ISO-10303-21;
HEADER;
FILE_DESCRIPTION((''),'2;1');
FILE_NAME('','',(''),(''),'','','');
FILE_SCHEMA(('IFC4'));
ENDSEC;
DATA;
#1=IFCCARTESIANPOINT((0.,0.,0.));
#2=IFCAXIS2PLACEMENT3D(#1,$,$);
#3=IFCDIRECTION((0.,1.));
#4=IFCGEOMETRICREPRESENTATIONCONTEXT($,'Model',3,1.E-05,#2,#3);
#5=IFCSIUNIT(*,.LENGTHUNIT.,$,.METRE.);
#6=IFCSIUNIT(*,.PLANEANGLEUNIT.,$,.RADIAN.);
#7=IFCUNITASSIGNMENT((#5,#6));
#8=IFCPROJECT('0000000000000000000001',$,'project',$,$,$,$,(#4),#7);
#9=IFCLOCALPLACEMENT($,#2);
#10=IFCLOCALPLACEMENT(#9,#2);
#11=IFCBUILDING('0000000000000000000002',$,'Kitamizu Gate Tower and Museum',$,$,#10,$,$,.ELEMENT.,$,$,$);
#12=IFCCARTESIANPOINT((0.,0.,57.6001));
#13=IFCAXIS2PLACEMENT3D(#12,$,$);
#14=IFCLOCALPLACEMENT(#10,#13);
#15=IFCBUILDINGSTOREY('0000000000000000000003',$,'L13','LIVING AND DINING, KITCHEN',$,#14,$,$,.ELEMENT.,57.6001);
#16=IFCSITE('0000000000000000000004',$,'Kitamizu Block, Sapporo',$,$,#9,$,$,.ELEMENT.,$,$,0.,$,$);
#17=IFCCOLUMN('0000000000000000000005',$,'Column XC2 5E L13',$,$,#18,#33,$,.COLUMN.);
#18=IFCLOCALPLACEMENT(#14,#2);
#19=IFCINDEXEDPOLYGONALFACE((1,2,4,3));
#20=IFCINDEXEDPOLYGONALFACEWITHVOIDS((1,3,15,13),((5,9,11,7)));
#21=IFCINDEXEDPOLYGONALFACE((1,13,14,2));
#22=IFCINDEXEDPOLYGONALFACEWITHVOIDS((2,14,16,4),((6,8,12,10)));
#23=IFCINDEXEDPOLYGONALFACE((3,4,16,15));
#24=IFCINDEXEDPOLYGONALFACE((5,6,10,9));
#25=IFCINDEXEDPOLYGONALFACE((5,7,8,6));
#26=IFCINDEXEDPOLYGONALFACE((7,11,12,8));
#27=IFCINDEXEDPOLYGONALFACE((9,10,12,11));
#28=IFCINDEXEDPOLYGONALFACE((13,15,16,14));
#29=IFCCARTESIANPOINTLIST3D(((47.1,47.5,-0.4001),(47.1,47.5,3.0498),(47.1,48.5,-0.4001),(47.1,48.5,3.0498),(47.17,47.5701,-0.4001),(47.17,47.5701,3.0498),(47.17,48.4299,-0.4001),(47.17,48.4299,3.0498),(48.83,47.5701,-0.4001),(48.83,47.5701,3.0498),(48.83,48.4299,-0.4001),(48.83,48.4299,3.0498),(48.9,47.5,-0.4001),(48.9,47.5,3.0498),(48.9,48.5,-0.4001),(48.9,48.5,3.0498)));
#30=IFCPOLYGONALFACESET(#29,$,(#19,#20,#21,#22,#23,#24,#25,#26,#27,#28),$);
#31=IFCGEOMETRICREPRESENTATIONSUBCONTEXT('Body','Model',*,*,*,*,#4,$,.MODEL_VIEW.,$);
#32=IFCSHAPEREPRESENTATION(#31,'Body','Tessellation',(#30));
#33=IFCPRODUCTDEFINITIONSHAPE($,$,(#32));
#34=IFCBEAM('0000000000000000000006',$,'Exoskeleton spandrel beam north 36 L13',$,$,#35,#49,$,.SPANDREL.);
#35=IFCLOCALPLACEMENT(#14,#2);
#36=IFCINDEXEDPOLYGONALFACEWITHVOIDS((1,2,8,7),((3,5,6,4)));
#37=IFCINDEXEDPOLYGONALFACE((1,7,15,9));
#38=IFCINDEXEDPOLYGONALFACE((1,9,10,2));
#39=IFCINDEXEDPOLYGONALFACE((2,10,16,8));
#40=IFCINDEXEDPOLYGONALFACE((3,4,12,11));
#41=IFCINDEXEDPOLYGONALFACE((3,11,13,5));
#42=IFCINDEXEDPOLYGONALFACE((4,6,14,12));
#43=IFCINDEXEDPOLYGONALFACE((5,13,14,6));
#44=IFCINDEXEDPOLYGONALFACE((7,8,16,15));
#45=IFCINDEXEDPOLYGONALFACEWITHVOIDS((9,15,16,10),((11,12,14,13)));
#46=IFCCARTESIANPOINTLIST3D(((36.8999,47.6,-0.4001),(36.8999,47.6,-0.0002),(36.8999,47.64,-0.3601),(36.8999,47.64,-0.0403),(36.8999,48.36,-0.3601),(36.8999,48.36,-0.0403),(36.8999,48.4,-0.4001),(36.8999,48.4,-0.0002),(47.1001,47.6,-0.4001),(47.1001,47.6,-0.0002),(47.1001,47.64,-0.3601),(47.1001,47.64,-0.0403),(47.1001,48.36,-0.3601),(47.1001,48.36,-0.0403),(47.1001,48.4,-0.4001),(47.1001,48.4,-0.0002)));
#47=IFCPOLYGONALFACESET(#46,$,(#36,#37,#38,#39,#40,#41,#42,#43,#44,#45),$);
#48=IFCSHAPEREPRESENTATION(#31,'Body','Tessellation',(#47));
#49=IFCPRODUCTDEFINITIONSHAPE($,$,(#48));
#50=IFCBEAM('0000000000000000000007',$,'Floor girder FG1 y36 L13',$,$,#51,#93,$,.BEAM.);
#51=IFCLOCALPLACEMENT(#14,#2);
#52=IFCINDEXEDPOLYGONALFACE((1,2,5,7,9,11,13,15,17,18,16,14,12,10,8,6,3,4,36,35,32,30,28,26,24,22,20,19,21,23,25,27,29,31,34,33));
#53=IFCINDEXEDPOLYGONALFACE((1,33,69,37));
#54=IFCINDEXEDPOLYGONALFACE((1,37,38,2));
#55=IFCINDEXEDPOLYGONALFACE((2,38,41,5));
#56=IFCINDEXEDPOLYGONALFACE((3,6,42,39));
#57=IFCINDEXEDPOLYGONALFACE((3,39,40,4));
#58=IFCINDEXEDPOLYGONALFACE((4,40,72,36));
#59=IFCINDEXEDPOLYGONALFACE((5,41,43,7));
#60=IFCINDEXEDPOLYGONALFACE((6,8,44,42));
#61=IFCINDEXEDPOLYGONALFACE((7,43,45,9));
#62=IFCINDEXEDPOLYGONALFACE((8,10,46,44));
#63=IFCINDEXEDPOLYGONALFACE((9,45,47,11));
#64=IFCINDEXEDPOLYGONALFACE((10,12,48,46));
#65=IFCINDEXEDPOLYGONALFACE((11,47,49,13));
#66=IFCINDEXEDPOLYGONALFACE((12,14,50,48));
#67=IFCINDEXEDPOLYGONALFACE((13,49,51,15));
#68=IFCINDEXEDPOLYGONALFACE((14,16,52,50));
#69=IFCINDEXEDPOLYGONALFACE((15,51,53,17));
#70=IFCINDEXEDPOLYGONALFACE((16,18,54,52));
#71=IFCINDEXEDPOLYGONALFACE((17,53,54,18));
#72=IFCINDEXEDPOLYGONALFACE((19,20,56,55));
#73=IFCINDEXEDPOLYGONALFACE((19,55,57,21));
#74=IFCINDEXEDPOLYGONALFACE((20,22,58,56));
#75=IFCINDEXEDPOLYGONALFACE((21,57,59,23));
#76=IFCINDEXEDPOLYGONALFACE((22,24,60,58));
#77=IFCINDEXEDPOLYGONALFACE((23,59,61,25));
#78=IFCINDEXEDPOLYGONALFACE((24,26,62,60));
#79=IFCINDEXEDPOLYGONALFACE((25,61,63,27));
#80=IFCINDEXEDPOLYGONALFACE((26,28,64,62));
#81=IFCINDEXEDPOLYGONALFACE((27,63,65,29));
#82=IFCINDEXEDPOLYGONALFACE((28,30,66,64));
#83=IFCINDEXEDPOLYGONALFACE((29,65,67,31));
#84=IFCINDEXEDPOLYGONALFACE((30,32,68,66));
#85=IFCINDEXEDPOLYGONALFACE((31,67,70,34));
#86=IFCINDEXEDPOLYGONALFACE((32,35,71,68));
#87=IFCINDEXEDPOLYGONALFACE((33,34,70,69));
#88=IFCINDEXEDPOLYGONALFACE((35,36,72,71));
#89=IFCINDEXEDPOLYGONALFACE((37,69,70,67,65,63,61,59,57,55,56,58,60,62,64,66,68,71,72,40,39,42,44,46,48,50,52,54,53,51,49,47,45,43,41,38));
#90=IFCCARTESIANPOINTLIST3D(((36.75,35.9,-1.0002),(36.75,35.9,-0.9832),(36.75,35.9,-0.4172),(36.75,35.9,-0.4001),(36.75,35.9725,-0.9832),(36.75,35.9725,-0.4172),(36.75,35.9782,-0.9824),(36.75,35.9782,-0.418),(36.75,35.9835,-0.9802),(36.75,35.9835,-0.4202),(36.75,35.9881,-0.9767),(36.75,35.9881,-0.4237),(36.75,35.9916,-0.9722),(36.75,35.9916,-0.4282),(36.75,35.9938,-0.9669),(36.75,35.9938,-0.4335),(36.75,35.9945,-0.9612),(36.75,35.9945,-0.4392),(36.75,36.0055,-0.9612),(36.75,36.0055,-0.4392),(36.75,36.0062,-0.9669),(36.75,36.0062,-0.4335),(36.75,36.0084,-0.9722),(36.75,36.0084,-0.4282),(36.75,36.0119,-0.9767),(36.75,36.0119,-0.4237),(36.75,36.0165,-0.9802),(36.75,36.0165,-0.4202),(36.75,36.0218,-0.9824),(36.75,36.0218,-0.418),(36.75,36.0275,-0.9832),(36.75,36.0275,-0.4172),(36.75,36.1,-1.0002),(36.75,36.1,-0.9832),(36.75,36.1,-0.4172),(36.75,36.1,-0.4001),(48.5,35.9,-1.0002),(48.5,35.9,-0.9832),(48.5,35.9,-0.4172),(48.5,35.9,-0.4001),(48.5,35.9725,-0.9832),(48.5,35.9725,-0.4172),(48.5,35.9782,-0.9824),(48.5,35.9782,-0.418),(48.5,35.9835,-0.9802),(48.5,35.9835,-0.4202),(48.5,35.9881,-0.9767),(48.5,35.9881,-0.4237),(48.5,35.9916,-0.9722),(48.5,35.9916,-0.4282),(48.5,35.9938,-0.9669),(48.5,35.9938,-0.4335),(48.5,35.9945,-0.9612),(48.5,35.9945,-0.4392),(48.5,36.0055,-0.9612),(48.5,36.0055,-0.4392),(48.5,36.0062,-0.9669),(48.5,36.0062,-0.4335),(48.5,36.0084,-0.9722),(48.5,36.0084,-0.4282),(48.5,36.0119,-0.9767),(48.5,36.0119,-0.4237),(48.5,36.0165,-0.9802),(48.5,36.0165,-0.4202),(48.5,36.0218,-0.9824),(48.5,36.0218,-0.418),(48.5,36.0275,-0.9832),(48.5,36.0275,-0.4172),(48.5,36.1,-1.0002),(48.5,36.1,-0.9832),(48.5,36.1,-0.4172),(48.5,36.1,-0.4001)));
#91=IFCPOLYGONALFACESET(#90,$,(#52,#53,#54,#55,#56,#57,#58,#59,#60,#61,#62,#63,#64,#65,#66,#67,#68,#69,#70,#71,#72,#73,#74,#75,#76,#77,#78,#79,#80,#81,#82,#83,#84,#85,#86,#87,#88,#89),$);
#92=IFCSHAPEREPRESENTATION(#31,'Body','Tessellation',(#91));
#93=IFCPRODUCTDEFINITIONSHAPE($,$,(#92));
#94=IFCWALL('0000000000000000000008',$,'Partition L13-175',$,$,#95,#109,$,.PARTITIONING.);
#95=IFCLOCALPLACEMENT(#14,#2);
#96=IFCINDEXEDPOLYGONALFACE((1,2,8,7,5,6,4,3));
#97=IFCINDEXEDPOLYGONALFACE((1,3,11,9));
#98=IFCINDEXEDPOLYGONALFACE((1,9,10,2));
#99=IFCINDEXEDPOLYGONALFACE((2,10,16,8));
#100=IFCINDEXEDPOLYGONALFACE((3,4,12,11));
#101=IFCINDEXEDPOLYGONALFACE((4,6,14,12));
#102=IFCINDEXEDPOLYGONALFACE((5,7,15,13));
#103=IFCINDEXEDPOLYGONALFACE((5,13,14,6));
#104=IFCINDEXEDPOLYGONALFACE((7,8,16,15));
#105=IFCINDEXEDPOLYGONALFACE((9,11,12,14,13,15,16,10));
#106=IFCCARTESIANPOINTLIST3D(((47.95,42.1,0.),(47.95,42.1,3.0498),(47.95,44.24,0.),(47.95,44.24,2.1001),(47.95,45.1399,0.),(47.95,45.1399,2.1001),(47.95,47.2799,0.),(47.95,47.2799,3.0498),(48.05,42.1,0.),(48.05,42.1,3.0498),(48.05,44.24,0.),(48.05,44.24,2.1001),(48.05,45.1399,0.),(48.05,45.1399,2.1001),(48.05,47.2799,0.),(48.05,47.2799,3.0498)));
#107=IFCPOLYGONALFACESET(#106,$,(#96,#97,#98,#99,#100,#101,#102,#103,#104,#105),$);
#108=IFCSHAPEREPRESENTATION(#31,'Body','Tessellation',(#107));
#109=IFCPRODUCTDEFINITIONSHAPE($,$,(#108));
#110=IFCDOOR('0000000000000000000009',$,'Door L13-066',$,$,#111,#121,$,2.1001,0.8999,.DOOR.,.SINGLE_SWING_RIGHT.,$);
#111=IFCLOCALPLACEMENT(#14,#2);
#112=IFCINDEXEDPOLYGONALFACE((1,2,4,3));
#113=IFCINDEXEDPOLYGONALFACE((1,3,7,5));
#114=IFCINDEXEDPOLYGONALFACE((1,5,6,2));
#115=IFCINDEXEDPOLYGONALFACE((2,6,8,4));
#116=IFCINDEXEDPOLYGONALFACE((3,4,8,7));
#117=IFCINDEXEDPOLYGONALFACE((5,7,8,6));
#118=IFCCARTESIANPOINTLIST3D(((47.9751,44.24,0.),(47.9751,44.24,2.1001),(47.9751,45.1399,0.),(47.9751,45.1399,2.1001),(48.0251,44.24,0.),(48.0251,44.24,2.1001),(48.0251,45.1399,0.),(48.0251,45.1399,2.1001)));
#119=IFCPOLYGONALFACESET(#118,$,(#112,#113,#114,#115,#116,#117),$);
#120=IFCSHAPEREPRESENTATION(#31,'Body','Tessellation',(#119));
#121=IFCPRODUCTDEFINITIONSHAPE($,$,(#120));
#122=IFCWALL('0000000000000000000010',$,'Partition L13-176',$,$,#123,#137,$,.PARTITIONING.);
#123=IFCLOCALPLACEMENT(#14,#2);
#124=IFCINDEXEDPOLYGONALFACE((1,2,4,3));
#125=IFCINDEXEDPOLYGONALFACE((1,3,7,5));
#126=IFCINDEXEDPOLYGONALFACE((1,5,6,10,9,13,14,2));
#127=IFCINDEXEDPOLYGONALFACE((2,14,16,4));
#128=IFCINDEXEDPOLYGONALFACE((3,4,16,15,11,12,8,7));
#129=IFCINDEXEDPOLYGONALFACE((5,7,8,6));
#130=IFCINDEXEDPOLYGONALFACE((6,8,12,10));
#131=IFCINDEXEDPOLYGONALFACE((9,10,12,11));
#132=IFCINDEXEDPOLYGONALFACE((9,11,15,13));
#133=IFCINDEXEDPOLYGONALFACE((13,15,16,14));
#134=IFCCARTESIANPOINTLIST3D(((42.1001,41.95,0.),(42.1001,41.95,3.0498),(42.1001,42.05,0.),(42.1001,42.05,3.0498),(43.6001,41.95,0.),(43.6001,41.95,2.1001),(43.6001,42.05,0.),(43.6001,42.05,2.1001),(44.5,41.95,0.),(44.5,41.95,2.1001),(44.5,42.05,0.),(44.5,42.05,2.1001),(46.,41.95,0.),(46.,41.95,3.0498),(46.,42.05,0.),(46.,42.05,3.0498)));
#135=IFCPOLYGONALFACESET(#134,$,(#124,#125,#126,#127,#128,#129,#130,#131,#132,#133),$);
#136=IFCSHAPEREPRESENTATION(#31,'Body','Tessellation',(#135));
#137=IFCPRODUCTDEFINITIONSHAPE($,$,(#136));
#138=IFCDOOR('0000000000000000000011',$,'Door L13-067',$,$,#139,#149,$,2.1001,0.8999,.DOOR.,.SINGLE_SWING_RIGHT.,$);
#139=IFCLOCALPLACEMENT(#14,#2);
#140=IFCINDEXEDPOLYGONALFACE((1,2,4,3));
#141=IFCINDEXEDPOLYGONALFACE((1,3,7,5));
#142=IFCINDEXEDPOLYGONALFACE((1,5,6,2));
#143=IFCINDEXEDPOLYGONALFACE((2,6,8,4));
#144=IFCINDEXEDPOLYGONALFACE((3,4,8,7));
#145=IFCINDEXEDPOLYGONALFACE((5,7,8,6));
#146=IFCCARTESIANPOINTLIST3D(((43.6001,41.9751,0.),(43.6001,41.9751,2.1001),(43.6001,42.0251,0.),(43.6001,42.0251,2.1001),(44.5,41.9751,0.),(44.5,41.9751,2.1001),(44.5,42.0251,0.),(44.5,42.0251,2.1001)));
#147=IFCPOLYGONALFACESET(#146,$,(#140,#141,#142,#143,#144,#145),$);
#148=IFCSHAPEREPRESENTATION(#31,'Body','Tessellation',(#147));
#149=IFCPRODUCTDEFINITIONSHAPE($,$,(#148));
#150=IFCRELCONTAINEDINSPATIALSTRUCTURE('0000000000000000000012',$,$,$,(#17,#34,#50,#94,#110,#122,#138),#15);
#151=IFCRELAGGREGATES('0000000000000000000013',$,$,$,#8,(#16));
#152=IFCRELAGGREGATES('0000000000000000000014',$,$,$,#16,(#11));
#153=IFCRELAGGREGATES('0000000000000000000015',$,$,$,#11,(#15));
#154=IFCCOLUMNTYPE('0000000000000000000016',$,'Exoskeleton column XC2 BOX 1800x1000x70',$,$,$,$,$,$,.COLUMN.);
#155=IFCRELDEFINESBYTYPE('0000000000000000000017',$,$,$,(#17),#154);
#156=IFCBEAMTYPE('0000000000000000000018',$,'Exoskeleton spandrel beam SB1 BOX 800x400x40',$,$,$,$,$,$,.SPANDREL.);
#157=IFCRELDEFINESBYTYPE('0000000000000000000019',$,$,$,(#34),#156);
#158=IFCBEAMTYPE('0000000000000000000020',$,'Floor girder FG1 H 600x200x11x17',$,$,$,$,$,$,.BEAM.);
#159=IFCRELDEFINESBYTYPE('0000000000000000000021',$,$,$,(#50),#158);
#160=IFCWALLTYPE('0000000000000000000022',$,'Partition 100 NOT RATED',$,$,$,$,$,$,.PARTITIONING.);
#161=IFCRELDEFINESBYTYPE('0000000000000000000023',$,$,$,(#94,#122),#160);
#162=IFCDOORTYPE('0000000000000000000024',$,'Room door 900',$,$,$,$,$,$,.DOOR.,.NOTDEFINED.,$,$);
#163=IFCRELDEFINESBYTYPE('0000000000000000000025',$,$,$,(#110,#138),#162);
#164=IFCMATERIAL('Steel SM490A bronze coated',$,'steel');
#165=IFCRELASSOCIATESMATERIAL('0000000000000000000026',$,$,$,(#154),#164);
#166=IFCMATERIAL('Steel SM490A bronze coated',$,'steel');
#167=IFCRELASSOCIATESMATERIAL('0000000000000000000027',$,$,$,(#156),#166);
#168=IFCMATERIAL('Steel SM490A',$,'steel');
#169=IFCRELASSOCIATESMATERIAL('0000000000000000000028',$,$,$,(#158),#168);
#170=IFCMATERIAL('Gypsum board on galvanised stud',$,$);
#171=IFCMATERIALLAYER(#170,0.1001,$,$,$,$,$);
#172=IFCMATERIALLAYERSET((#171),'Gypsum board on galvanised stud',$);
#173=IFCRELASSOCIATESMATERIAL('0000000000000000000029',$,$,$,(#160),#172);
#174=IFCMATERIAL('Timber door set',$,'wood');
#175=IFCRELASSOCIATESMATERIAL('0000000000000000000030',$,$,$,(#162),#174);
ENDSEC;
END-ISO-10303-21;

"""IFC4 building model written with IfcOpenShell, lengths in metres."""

from ifc_helpers import new_model, si_unit, direction, frame, frame_2d, origin, origin_2d, place, context, subcontext, project, spatial, rectangle, hollow_rectangle, i_section, extrude, material, layer, layer_set, material_profile, profile_set, type_object, element, fill, save


model = new_model("IFC4")

# Units and contexts
model_context = context("Model", 3, precision=1e-05, world=origin(), true_north=direction((0.0, 1.0)))
body_context = subcontext(model_context, "Body", "Model", "MODEL_VIEW")
ifc_project = project(units=[si_unit("LENGTHUNIT", "METRE"), si_unit("PLANEANGLEUNIT", "RADIAN")], contexts=[model_context])

# Site, building, storey
site_placement = place(None, origin())
site = spatial("IfcSite", under=ifc_project, at=site_placement, Name="Kitamizu Block, Sapporo", CompositionType="ELEMENT", RefElevation=0.0)
building_placement = place(site_placement, origin())
building = spatial("IfcBuilding", under=site, at=building_placement, Name="Kitamizu Gate Tower and Museum", CompositionType="ELEMENT")
storey_placement = place(building_placement, frame((0.0, 0.0, 57.6001)))
storey = spatial("IfcBuildingStorey", under=building, at=storey_placement, Name="L13", Description="LIVING AND DINING, KITCHEN", CompositionType="ELEMENT", Elevation=57.6001)

# Column
ifc_material_1 = material(Name="Steel SM490A bronze coated", Category="steel")
ifc_material_profile_1 = material_profile(ifc_material_1, hollow_rectangle(XDim=1.8, YDim=1.0, WallThickness=0.0701, at=origin_2d()), Name="BOX 1800x1000x70")
ifc_profile_set_1 = profile_set([ifc_material_profile_1], Name="Steel SM490A bronze coated")
column_type = type_object("IfcColumnType", Name="Exoskeleton column XC2 BOX 1800x1000x70", PredefinedType="COLUMN", material=ifc_profile_set_1)
column_placement = place(storey_placement, frame((48.0, 48.0, -0.4001), z_axis=(0.0, 0.0, 1.0), x_axis=(1.0, 0.0, 0.0)))
element("IfcColumn", 1, at=column_placement, inside=storey, type_object=column_type, Name="Column XC2 5E L13", PredefinedType="COLUMN", context=body_context, shape_type="SweptSolid", body=[
    extrude(hollow_rectangle(XDim=1.8, YDim=1.0, WallThickness=0.0701, at=origin_2d()), origin(), (0.0, 0.0, 1.0), 3.45),
])

# Beams
ifc_material_2 = material(Name="Steel SM490A bronze coated", Category="steel")
ifc_material_profile_2 = material_profile(ifc_material_2, hollow_rectangle(XDim=0.8, YDim=0.3999, WallThickness=0.04, at=origin_2d()), Name="BOX 800x400x40")
ifc_profile_set_2 = profile_set([ifc_material_profile_2], Name="Steel SM490A bronze coated")
beam_type_1 = type_object("IfcBeamType", Name="Exoskeleton spandrel beam SB1 BOX 800x400x40", PredefinedType="SPANDREL", material=ifc_profile_set_2)
beam_1_placement = place(storey_placement, frame((36.8999, 48.0, -0.2002), z_axis=(1.0, 0.0, 0.0), x_axis=(0.0, 1.0, 0.0)))
element("IfcBeam", 2, at=beam_1_placement, inside=storey, type_object=beam_type_1, Name="Exoskeleton spandrel beam north 36 L13", PredefinedType="SPANDREL", context=body_context, shape_type="SweptSolid", body=[
    extrude(hollow_rectangle(XDim=0.8, YDim=0.3999, WallThickness=0.04, at=origin_2d()), origin(), (0.0, 0.0, 1.0), 10.2002),
])
ifc_material_3 = material(Name="Steel SM490A", Category="steel")
ifc_material_profile_3 = material_profile(ifc_material_3, i_section(OverallWidth=0.2, OverallDepth=0.6001, WebThickness=0.011, FlangeThickness=0.0171, FilletRadius=0.022, at=origin_2d()), Name="H-600x200x11x17")
ifc_profile_set_3 = profile_set([ifc_material_profile_3], Name="Steel SM490A")
beam_type_2 = type_object("IfcBeamType", Name="Floor girder FG1 H 600x200x11x17", PredefinedType="BEAM", material=ifc_profile_set_3)
beam_2_placement = place(storey_placement, frame((36.75, 36.0, -0.7002), z_axis=(1.0, 0.0, 0.0), x_axis=(0.0, 1.0, 0.0)))
element("IfcBeam", 3, at=beam_2_placement, inside=storey, type_object=beam_type_2, Name="Floor girder FG1 y36 L13", PredefinedType="BEAM", context=body_context, shape_type="SweptSolid", body=[
    extrude(i_section(OverallWidth=0.2, OverallDepth=0.6001, WebThickness=0.011, FlangeThickness=0.0171, FilletRadius=0.022, at=origin_2d()), origin(), (0.0, 0.0, 1.0), 11.75),
])

# Walls, openings, doors
ifc_material_4 = material(Name="Gypsum board on galvanised stud")
ifc_layer_1 = layer(ifc_material_4, 0.1001)
ifc_layer_set_1 = layer_set([ifc_layer_1], Name="Gypsum board on galvanised stud")
wall_type_1 = type_object("IfcWallType", Name="Partition 100 NOT RATED", PredefinedType="PARTITIONING", material=ifc_layer_set_1)
wall_1_placement = place(storey_placement, frame((48.0, 42.1001, 0.0), z_axis=(0.0, 0.0, 1.0), x_axis=(0.0, 1.0, 0.0)))
wall_1 = element("IfcWall", 4, at=wall_1_placement, inside=storey, type_object=wall_type_1, Name="Partition L13-175", PredefinedType="PARTITIONING", context=body_context, shape_type="SweptSolid", body=[
    extrude(rectangle(XDim=5.1799, YDim=0.1001, at=frame_2d((2.5898, 0.0))), origin(), (0.0, 0.0, 1.0), 3.0498),
])
opening_1_placement = place(wall_1_placement, frame((2.1399, 0.0, 0.0)))
opening_1 = element("IfcOpeningElement", 5, at=opening_1_placement, cuts=wall_1, PredefinedType="OPENING", context=body_context, shape_type="SweptSolid", body=[
    extrude(rectangle(XDim=0.8999, YDim=2.1001, at=frame_2d((0.45, 1.05))), frame((0.0, 0.0601, 0.0), z_axis=(0.0, -1.0, 0.0), x_axis=(1.0, 0.0, 0.0)), (0.0, 0.0, 1.0), 0.1201),
])
ifc_material_5 = material(Name="Timber door set", Category="wood")
door_type_1 = type_object("IfcDoorType", Name="Room door 900", OperationType="NOTDEFINED", PredefinedType="DOOR", material=ifc_material_5)
door_1_placement = place(opening_1_placement, origin())
door_1 = element("IfcDoor", 6, at=door_1_placement, inside=storey, type_object=door_type_1, Name="Door L13-066", OperationType="SINGLE_SWING_RIGHT", OverallHeight=2.1001, OverallWidth=0.8999, PredefinedType="DOOR", context=body_context, shape_type="SweptSolid", body=[
    extrude(rectangle(XDim=0.8999, YDim=2.1001, at=frame_2d((0.45, 1.05))), frame((0.0, 0.0249, 0.0), z_axis=(0.0, -1.0, 0.0), x_axis=(1.0, 0.0, 0.0)), (0.0, 0.0, 1.0), 0.05),
])
fill(opening_1, door_1)
wall_2_placement = place(storey_placement, frame((42.1001, 42.0, 0.0), z_axis=(0.0, 0.0, 1.0), x_axis=(1.0, 0.0, 0.0)))
wall_2 = element("IfcWall", 7, at=wall_2_placement, inside=storey, type_object=wall_type_1, Name="Partition L13-176", PredefinedType="PARTITIONING", context=body_context, shape_type="SweptSolid", body=[
    extrude(rectangle(XDim=3.8999, YDim=0.1001, at=frame_2d((1.95, 0.0))), origin(), (0.0, 0.0, 1.0), 3.0498),
])
opening_2_placement = place(wall_2_placement, frame((1.5, 0.0, 0.0)))
opening_2 = element("IfcOpeningElement", 8, at=opening_2_placement, cuts=wall_2, PredefinedType="OPENING", context=body_context, shape_type="SweptSolid", body=[
    extrude(rectangle(XDim=0.8999, YDim=2.1001, at=frame_2d((0.45, 1.05))), frame((0.0, 0.0601, 0.0), z_axis=(0.0, -1.0, 0.0), x_axis=(1.0, 0.0, 0.0)), (0.0, 0.0, 1.0), 0.1201),
])
door_2_placement = place(opening_2_placement, frame((0.8999, 0.0, 0.0), x_axis=(-1.0, 0.0, 0.0)))
door_2 = element("IfcDoor", 9, at=door_2_placement, inside=storey, type_object=door_type_1, Name="Door L13-067", OperationType="SINGLE_SWING_RIGHT", OverallHeight=2.1001, OverallWidth=0.8999, PredefinedType="DOOR", context=body_context, shape_type="SweptSolid", body=[
    extrude(rectangle(XDim=0.8999, YDim=2.1001, at=frame_2d((0.45, 1.05))), frame((0.0, 0.0249, 0.0), z_axis=(0.0, -1.0, 0.0), x_axis=(1.0, 0.0, 0.0)), (0.0, 0.0, 1.0), 0.05),
])
fill(opening_2, door_2)

save(model, "model.ifc")
